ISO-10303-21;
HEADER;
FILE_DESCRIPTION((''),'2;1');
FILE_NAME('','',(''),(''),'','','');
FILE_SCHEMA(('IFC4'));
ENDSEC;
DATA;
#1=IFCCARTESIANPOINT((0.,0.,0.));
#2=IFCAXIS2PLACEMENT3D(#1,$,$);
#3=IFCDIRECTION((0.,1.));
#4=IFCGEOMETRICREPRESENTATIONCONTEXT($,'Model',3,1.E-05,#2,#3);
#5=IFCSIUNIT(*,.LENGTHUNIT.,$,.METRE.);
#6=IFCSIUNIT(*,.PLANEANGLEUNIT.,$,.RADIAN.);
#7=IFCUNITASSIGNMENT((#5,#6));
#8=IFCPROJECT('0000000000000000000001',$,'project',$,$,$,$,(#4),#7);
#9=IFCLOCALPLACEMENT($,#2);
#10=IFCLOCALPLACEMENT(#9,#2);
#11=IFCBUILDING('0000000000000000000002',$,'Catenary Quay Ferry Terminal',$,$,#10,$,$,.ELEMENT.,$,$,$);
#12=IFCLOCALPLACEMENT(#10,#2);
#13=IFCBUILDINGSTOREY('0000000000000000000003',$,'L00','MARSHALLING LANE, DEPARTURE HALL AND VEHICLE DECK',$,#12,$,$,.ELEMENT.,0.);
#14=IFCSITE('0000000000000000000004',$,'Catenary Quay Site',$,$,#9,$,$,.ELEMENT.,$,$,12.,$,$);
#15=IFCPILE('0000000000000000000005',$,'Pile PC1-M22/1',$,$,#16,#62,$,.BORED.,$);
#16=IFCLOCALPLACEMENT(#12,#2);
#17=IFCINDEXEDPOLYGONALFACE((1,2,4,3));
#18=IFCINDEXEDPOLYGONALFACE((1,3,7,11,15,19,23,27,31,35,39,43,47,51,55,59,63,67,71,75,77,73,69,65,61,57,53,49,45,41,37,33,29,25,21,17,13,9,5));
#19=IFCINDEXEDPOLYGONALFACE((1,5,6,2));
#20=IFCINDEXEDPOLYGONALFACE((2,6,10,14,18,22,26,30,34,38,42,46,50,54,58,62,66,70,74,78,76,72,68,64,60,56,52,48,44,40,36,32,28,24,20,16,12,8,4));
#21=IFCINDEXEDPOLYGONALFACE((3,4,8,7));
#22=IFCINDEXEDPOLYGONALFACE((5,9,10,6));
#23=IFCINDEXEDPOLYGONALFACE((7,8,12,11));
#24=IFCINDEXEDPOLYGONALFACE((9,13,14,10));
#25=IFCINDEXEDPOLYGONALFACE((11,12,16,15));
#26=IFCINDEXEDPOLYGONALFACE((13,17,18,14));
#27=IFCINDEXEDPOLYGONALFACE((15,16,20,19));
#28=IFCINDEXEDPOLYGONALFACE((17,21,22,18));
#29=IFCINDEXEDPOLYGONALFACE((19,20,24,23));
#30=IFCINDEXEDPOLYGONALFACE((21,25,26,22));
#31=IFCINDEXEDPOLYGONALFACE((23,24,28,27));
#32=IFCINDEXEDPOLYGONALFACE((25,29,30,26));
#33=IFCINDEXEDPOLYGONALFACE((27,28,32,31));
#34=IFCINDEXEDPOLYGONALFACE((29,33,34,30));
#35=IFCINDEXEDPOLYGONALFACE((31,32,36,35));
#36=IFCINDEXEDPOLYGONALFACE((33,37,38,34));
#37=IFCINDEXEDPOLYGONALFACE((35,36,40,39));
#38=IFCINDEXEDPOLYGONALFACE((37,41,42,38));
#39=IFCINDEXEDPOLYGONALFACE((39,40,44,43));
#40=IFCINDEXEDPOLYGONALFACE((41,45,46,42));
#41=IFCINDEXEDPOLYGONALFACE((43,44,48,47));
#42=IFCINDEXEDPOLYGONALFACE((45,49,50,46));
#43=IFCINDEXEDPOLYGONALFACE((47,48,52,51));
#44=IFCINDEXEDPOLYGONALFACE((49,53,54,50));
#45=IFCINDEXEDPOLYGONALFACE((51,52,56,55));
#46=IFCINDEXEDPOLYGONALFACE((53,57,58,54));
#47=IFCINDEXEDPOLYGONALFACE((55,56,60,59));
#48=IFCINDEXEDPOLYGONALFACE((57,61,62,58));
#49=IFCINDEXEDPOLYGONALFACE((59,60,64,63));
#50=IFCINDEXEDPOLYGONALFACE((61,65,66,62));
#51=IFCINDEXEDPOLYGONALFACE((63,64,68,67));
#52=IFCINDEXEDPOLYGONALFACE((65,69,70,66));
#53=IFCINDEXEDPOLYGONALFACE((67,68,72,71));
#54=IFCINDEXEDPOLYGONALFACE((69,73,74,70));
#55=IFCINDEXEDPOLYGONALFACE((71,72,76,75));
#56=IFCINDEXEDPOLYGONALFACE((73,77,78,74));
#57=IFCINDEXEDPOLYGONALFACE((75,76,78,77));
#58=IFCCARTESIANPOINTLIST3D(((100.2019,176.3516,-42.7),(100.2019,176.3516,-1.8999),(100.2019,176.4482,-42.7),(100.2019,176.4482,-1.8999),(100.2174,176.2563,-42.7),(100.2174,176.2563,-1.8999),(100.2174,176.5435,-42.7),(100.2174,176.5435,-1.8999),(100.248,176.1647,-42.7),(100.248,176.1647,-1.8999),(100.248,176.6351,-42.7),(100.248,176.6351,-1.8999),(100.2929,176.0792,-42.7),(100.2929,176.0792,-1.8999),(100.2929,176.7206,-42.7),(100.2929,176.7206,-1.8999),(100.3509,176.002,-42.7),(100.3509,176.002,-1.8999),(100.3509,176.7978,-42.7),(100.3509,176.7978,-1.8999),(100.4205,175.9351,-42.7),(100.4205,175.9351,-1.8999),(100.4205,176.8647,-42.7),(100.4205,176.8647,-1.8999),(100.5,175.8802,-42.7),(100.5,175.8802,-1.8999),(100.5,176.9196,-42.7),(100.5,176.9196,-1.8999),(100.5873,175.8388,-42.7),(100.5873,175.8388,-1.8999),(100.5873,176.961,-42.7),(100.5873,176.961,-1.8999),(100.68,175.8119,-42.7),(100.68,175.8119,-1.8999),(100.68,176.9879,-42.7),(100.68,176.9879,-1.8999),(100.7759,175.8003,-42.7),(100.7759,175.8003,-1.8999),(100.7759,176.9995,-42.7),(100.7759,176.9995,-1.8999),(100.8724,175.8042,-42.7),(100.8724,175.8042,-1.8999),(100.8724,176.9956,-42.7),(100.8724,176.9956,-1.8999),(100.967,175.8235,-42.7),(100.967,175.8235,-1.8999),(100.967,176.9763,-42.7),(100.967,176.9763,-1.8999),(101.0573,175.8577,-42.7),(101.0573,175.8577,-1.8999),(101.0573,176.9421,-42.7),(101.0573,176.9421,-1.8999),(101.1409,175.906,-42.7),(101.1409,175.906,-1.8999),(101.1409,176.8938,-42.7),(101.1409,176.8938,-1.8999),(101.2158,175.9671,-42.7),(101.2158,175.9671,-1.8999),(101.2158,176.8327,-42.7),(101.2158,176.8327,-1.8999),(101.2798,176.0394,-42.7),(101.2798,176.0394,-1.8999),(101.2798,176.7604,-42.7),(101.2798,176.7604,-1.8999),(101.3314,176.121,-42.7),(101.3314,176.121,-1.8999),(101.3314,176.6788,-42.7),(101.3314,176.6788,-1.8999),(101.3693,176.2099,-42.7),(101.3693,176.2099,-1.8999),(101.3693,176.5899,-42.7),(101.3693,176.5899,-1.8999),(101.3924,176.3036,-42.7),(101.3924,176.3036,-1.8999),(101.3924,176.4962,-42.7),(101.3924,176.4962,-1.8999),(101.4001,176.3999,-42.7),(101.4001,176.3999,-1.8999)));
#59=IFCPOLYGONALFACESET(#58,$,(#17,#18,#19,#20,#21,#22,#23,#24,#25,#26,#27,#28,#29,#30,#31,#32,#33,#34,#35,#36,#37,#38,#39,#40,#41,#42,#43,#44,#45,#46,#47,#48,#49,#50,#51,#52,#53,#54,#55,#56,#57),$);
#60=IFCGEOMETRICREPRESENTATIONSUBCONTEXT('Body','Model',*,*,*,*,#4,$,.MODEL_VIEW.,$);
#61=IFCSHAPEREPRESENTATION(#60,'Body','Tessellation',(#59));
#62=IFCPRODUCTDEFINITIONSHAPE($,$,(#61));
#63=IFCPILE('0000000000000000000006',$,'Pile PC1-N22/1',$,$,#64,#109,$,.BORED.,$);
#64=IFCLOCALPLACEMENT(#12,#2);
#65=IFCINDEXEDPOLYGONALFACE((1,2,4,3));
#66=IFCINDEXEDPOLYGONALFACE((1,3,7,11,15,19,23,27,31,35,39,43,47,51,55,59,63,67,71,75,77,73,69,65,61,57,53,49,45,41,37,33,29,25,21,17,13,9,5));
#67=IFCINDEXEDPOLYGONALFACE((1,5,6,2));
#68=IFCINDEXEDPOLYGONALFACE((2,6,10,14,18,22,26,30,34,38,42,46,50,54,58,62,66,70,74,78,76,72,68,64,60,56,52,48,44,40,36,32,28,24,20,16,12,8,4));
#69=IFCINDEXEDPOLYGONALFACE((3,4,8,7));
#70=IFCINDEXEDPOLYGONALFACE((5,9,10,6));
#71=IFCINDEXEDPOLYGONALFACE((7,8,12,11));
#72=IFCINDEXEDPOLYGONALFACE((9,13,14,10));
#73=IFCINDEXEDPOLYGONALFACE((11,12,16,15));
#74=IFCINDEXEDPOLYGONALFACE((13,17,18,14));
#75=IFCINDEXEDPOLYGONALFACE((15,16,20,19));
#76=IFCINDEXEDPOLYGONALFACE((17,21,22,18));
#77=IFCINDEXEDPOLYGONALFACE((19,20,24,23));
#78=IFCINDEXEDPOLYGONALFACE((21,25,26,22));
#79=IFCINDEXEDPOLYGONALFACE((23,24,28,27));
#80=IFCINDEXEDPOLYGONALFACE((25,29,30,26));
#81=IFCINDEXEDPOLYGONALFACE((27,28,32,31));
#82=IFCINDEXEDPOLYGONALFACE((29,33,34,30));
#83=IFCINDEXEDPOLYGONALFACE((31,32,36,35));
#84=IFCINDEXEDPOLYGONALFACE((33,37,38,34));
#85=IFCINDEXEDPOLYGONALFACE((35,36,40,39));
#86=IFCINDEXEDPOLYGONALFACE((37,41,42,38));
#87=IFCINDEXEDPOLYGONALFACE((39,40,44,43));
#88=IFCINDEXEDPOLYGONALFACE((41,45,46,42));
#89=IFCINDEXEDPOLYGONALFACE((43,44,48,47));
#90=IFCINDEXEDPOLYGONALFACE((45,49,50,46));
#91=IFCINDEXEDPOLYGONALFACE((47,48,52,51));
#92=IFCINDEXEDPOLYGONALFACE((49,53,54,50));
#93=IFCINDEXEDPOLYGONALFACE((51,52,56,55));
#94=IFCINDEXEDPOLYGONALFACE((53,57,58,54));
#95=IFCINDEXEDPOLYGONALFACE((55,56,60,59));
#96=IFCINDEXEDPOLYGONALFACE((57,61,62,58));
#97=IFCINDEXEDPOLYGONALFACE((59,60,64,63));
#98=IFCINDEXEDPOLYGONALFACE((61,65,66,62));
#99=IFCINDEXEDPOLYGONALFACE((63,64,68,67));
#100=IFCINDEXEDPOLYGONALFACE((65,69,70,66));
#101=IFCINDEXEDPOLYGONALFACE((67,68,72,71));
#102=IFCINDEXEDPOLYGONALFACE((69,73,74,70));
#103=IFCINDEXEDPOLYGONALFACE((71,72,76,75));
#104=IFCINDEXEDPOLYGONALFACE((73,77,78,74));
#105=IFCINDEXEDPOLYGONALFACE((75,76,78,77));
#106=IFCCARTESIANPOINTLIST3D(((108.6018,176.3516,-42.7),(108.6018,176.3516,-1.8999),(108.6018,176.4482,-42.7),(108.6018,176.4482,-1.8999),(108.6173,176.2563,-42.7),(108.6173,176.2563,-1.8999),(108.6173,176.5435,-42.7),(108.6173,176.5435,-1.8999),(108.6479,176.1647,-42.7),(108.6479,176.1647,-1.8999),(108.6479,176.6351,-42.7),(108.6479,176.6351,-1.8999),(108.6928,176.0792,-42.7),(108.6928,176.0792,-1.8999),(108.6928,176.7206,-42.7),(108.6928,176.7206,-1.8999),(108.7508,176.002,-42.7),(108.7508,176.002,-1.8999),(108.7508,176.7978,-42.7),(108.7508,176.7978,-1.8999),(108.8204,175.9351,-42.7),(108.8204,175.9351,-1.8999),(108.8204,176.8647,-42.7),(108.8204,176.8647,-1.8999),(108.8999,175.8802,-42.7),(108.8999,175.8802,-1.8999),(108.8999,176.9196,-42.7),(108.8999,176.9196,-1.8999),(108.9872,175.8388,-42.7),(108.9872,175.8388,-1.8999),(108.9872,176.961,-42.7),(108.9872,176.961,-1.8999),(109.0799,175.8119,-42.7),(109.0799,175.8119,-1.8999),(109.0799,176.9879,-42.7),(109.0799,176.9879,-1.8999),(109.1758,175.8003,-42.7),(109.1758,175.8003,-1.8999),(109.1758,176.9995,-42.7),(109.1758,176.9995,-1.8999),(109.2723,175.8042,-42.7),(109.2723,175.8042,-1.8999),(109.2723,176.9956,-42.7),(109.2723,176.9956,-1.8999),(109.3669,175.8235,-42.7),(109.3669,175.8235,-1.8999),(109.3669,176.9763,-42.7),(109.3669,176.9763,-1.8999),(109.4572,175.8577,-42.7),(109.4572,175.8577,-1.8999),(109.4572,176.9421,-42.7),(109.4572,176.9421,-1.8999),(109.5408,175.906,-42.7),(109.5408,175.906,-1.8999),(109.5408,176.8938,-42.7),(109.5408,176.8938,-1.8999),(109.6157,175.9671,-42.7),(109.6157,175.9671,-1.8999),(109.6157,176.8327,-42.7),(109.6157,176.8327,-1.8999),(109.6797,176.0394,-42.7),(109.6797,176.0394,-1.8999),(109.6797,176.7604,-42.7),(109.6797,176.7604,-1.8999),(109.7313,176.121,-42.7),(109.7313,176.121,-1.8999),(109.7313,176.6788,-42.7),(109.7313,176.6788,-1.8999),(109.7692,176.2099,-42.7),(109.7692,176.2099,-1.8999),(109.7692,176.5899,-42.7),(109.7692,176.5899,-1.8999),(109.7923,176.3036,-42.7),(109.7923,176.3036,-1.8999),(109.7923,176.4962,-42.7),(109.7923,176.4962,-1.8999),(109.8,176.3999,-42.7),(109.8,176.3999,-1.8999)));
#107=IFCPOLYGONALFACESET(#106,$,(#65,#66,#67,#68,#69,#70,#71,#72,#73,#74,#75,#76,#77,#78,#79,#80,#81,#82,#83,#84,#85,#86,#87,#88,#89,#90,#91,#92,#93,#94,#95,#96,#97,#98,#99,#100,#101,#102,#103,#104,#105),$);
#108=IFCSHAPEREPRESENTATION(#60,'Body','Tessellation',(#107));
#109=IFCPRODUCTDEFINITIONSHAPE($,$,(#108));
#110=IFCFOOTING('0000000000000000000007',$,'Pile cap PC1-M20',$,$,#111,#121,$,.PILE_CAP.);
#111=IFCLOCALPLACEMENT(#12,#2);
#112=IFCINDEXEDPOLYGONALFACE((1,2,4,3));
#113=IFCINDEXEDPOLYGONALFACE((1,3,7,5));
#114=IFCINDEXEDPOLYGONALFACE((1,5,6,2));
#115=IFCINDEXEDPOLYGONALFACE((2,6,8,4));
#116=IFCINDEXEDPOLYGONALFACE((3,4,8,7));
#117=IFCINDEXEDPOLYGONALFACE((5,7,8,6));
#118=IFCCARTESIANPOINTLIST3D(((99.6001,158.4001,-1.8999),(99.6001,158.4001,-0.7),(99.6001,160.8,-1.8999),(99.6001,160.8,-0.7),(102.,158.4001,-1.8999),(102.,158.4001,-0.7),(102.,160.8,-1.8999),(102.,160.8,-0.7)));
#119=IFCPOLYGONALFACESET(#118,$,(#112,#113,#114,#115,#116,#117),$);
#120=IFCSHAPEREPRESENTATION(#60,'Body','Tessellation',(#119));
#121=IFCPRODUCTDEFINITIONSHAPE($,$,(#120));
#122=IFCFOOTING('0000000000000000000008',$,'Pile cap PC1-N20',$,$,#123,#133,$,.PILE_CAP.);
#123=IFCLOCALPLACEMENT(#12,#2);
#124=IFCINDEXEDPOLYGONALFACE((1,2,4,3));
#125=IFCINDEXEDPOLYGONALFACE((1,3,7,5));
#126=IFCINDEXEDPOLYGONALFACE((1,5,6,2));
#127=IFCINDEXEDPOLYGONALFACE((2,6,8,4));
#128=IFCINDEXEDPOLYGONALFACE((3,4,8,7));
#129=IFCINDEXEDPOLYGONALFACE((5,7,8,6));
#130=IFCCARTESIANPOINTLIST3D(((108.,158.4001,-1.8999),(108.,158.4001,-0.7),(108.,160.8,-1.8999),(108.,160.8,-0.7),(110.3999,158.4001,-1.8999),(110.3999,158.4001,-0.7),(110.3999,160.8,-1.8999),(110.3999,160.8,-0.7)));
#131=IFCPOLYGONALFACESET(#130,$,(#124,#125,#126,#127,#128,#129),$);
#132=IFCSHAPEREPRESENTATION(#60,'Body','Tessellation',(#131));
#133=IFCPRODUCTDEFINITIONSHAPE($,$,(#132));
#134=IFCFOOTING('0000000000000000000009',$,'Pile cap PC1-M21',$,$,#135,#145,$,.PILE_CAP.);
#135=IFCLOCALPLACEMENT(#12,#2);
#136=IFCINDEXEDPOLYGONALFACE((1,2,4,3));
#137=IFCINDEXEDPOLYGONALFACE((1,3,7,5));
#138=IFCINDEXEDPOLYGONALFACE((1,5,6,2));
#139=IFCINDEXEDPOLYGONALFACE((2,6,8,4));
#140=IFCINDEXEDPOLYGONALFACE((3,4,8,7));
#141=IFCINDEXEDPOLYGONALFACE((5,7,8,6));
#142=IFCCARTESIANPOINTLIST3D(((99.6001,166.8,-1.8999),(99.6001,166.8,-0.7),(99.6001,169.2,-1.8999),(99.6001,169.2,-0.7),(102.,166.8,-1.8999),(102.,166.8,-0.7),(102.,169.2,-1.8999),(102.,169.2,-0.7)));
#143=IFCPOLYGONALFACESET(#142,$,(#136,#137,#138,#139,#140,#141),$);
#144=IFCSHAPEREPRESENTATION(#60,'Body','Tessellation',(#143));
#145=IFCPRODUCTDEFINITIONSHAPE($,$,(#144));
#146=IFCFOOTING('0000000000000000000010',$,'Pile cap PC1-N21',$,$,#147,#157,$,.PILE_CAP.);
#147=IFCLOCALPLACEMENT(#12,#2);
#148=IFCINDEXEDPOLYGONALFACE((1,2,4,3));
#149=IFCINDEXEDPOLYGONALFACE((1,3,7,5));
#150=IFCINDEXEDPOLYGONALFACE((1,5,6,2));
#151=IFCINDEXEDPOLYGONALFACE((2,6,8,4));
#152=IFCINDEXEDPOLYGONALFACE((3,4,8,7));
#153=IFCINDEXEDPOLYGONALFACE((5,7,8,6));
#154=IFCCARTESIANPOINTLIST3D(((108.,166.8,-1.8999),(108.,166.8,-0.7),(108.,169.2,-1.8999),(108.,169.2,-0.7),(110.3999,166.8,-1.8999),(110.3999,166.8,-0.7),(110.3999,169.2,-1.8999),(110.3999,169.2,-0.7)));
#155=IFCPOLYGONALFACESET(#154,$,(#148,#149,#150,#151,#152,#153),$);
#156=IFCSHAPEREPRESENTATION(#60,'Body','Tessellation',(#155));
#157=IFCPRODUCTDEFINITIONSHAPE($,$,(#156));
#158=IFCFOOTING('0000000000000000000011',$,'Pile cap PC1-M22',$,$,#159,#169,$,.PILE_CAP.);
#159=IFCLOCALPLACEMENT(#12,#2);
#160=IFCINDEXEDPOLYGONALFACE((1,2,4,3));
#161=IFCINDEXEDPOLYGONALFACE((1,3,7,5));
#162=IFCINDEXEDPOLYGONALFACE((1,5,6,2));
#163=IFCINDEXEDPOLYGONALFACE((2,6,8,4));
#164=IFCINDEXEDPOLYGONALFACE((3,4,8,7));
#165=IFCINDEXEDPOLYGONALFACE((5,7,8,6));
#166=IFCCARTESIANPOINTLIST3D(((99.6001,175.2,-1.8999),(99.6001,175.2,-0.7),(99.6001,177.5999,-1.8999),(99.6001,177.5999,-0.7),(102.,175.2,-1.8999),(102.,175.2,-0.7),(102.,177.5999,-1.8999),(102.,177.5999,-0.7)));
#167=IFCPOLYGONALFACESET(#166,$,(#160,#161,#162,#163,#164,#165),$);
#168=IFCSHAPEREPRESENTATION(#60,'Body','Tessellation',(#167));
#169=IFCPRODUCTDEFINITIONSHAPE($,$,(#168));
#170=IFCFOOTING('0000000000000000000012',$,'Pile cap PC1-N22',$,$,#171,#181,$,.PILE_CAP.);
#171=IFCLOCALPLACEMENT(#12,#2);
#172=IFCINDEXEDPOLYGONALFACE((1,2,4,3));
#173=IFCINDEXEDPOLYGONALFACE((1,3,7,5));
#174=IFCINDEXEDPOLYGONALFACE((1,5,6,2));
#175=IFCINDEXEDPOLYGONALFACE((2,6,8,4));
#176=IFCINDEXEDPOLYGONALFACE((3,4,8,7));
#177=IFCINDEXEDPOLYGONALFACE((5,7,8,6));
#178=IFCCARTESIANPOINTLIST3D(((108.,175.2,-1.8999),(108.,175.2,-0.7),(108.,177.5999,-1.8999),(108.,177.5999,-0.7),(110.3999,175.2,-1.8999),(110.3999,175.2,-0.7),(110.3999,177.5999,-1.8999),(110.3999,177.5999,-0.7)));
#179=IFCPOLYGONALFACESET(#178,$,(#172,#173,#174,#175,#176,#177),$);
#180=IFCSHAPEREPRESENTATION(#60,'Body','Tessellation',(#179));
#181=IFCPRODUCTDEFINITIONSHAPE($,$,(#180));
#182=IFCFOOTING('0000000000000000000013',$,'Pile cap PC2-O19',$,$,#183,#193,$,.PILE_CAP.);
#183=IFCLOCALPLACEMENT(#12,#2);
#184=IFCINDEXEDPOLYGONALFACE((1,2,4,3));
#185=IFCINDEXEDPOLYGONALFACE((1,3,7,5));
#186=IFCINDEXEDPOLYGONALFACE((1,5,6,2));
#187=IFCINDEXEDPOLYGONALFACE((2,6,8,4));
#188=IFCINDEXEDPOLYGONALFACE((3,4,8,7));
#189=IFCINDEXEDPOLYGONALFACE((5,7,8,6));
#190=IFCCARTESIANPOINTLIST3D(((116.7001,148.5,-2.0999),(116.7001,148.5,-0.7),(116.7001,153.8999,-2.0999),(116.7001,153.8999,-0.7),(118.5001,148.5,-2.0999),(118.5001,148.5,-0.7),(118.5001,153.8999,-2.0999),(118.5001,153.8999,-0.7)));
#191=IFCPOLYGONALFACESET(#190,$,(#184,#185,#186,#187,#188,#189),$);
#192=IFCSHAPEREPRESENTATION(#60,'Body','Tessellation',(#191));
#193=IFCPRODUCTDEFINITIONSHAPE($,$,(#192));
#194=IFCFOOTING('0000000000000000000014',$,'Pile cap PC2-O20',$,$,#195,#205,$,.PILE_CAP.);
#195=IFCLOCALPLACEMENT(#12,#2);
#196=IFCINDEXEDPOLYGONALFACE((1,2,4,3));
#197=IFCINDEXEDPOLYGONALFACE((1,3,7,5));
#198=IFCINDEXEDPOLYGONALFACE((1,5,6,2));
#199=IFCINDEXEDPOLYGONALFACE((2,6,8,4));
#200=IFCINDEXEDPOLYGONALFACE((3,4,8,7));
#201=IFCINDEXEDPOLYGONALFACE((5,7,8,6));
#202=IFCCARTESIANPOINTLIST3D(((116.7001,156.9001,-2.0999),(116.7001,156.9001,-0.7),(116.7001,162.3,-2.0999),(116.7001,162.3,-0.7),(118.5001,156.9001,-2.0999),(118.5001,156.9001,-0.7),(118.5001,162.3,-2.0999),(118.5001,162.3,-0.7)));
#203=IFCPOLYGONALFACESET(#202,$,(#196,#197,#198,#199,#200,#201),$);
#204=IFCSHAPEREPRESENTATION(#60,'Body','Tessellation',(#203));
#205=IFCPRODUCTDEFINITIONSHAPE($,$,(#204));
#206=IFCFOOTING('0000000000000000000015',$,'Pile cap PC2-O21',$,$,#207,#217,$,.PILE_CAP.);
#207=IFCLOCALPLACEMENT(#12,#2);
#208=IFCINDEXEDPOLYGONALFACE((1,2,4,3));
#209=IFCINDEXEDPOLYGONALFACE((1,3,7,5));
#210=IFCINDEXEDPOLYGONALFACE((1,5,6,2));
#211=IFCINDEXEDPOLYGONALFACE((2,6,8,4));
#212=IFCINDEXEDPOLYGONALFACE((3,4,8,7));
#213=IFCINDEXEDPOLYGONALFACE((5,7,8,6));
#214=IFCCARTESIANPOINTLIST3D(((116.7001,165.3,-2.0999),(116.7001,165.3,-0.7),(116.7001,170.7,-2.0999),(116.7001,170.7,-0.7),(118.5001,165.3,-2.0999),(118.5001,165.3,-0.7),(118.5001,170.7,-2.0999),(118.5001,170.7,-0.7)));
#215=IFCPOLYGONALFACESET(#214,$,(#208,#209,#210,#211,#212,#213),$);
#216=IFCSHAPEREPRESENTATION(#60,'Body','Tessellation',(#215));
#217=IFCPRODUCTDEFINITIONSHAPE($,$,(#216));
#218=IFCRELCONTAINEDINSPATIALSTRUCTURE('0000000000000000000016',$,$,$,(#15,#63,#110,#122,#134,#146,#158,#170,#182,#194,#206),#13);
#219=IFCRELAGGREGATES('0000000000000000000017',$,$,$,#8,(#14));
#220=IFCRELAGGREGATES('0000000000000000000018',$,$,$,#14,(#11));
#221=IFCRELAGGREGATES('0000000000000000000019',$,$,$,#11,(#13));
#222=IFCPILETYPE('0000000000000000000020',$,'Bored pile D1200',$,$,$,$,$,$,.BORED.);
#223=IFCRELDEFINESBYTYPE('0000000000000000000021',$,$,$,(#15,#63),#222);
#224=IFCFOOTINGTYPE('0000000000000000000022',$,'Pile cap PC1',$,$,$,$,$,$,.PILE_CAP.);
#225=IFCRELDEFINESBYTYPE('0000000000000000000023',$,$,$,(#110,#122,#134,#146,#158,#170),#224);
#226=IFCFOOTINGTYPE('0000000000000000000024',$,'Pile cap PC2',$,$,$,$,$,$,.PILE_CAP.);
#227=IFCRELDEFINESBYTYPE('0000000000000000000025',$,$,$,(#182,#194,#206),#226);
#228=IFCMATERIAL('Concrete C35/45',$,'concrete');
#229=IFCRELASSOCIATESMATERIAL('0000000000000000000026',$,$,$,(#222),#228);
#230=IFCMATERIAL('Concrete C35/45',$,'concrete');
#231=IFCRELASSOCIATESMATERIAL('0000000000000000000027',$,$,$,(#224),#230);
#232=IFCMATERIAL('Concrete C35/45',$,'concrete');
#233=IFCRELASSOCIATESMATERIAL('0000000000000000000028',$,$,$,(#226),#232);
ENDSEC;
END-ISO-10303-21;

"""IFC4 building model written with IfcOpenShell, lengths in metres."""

from ifc_helpers import new_model, si_unit, direction, frame, origin, origin_2d, place, context, subcontext, project, spatial, rectangle, circle, extrude, material, material_profile, profile_set, type_object, element, save


model = new_model("IFC4")

# Units and contexts
model_context = context("Model", 3, precision=1e-05, world=origin(), true_north=direction((0.0, 1.0)))
body_context = subcontext(model_context, "Body", "Model", "MODEL_VIEW")
ifc_project = project(units=[si_unit("LENGTHUNIT", "METRE"), si_unit("PLANEANGLEUNIT", "RADIAN")], contexts=[model_context])

# Site, building, storey
site_placement = place(None, origin())
site = spatial("IfcSite", under=ifc_project, at=site_placement, Name="Catenary Quay Site", CompositionType="ELEMENT", RefElevation=12.0)
building_placement = place(site_placement, origin())
building = spatial("IfcBuilding", under=site, at=building_placement, Name="Catenary Quay Ferry Terminal", CompositionType="ELEMENT")
storey_placement = place(building_placement, origin())
storey = spatial("IfcBuildingStorey", under=building, at=storey_placement, Name="L00", Description="MARSHALLING LANE, DEPARTURE HALL AND VEHICLE DECK", CompositionType="ELEMENT", Elevation=0.0)

# Piles
ifc_material_1 = material(Name="Concrete C35/45", Category="concrete")
ifc_material_profile = material_profile(ifc_material_1, circle(Radius=0.6001, at=origin_2d()), Name="D1200")
ifc_profile_set = profile_set([ifc_material_profile], Name="Concrete C35/45")
pile_type = type_object("IfcPileType", Name="Bored pile D1200", PredefinedType="BORED", material=ifc_profile_set)
for number, where, z_axis, x_axis, name in (
    (1, (100.8, 176.3999, -1.8999), (0.0, 0.0, -1.0), (1.0, 0.0, 0.0), "Pile PC1-M22/1"),
    (2, (109.2, 176.3999, -1.8999), (0.0, 0.0, -1.0), (1.0, 0.0, 0.0), "Pile PC1-N22/1"),
):
    element("IfcPile", number, at=place(storey_placement, frame(where, z_axis=z_axis, x_axis=x_axis)), inside=storey, type_object=pile_type, Name=name, PredefinedType="BORED", context=body_context, shape_type="SweptSolid", body=[
        extrude(circle(Radius=0.6001, at=origin_2d()), origin(), (0.0, 0.0, 1.0), 40.8),
    ])

# Footings
ifc_material_2 = material(Name="Concrete C35/45", Category="concrete")
footing_type_1 = type_object("IfcFootingType", Name="Pile cap PC1", PredefinedType="PILE_CAP", material=ifc_material_2)
for number, where, z_axis, x_axis, name in (
    (3, (100.8, 159.6001, -1.8999), (0.0, 0.0, 1.0), (1.0, 0.0, 0.0), "Pile cap PC1-M20"),
    (4, (109.2, 159.6001, -1.8999), (0.0, 0.0, 1.0), (1.0, 0.0, 0.0), "Pile cap PC1-N20"),
    (5, (100.8, 168.0, -1.8999), (0.0, 0.0, 1.0), (1.0, 0.0, 0.0), "Pile cap PC1-M21"),
    (6, (109.2, 168.0, -1.8999), (0.0, 0.0, 1.0), (1.0, 0.0, 0.0), "Pile cap PC1-N21"),
    (7, (100.8, 176.3999, -1.8999), (0.0, 0.0, 1.0), (1.0, 0.0, 0.0), "Pile cap PC1-M22"),
    (8, (109.2, 176.3999, -1.8999), (0.0, 0.0, 1.0), (1.0, 0.0, 0.0), "Pile cap PC1-N22"),
):
    element("IfcFooting", number, at=place(storey_placement, frame(where, z_axis=z_axis, x_axis=x_axis)), inside=storey, type_object=footing_type_1, Name=name, PredefinedType="PILE_CAP", context=body_context, shape_type="SweptSolid", body=[
        extrude(rectangle(XDim=2.3999, YDim=2.3999, at=origin_2d()), origin(), (0.0, 0.0, 1.0), 1.2),
    ])
ifc_material_3 = material(Name="Concrete C35/45", Category="concrete")
footing_type_2 = type_object("IfcFootingType", Name="Pile cap PC2", PredefinedType="PILE_CAP", material=ifc_material_3)
for number, where, z_axis, x_axis, name in (
    (9, (117.6001, 151.2, -2.0999), (0.0, 0.0, 1.0), (1.0, 0.0, 0.0), "Pile cap PC2-O19"),
    (10, (117.6001, 159.6001, -2.0999), (0.0, 0.0, 1.0), (1.0, 0.0, 0.0), "Pile cap PC2-O20"),
    (11, (117.6001, 168.0, -2.0999), (0.0, 0.0, 1.0), (1.0, 0.0, 0.0), "Pile cap PC2-O21"),
):
    element("IfcFooting", number, at=place(storey_placement, frame(where, z_axis=z_axis, x_axis=x_axis)), inside=storey, type_object=footing_type_2, Name=name, PredefinedType="PILE_CAP", context=body_context, shape_type="SweptSolid", body=[
        extrude(rectangle(XDim=1.8, YDim=5.3999, at=origin_2d()), origin(), (0.0, 0.0, 1.0), 1.3999),
    ])

save(model, "model.ifc")
